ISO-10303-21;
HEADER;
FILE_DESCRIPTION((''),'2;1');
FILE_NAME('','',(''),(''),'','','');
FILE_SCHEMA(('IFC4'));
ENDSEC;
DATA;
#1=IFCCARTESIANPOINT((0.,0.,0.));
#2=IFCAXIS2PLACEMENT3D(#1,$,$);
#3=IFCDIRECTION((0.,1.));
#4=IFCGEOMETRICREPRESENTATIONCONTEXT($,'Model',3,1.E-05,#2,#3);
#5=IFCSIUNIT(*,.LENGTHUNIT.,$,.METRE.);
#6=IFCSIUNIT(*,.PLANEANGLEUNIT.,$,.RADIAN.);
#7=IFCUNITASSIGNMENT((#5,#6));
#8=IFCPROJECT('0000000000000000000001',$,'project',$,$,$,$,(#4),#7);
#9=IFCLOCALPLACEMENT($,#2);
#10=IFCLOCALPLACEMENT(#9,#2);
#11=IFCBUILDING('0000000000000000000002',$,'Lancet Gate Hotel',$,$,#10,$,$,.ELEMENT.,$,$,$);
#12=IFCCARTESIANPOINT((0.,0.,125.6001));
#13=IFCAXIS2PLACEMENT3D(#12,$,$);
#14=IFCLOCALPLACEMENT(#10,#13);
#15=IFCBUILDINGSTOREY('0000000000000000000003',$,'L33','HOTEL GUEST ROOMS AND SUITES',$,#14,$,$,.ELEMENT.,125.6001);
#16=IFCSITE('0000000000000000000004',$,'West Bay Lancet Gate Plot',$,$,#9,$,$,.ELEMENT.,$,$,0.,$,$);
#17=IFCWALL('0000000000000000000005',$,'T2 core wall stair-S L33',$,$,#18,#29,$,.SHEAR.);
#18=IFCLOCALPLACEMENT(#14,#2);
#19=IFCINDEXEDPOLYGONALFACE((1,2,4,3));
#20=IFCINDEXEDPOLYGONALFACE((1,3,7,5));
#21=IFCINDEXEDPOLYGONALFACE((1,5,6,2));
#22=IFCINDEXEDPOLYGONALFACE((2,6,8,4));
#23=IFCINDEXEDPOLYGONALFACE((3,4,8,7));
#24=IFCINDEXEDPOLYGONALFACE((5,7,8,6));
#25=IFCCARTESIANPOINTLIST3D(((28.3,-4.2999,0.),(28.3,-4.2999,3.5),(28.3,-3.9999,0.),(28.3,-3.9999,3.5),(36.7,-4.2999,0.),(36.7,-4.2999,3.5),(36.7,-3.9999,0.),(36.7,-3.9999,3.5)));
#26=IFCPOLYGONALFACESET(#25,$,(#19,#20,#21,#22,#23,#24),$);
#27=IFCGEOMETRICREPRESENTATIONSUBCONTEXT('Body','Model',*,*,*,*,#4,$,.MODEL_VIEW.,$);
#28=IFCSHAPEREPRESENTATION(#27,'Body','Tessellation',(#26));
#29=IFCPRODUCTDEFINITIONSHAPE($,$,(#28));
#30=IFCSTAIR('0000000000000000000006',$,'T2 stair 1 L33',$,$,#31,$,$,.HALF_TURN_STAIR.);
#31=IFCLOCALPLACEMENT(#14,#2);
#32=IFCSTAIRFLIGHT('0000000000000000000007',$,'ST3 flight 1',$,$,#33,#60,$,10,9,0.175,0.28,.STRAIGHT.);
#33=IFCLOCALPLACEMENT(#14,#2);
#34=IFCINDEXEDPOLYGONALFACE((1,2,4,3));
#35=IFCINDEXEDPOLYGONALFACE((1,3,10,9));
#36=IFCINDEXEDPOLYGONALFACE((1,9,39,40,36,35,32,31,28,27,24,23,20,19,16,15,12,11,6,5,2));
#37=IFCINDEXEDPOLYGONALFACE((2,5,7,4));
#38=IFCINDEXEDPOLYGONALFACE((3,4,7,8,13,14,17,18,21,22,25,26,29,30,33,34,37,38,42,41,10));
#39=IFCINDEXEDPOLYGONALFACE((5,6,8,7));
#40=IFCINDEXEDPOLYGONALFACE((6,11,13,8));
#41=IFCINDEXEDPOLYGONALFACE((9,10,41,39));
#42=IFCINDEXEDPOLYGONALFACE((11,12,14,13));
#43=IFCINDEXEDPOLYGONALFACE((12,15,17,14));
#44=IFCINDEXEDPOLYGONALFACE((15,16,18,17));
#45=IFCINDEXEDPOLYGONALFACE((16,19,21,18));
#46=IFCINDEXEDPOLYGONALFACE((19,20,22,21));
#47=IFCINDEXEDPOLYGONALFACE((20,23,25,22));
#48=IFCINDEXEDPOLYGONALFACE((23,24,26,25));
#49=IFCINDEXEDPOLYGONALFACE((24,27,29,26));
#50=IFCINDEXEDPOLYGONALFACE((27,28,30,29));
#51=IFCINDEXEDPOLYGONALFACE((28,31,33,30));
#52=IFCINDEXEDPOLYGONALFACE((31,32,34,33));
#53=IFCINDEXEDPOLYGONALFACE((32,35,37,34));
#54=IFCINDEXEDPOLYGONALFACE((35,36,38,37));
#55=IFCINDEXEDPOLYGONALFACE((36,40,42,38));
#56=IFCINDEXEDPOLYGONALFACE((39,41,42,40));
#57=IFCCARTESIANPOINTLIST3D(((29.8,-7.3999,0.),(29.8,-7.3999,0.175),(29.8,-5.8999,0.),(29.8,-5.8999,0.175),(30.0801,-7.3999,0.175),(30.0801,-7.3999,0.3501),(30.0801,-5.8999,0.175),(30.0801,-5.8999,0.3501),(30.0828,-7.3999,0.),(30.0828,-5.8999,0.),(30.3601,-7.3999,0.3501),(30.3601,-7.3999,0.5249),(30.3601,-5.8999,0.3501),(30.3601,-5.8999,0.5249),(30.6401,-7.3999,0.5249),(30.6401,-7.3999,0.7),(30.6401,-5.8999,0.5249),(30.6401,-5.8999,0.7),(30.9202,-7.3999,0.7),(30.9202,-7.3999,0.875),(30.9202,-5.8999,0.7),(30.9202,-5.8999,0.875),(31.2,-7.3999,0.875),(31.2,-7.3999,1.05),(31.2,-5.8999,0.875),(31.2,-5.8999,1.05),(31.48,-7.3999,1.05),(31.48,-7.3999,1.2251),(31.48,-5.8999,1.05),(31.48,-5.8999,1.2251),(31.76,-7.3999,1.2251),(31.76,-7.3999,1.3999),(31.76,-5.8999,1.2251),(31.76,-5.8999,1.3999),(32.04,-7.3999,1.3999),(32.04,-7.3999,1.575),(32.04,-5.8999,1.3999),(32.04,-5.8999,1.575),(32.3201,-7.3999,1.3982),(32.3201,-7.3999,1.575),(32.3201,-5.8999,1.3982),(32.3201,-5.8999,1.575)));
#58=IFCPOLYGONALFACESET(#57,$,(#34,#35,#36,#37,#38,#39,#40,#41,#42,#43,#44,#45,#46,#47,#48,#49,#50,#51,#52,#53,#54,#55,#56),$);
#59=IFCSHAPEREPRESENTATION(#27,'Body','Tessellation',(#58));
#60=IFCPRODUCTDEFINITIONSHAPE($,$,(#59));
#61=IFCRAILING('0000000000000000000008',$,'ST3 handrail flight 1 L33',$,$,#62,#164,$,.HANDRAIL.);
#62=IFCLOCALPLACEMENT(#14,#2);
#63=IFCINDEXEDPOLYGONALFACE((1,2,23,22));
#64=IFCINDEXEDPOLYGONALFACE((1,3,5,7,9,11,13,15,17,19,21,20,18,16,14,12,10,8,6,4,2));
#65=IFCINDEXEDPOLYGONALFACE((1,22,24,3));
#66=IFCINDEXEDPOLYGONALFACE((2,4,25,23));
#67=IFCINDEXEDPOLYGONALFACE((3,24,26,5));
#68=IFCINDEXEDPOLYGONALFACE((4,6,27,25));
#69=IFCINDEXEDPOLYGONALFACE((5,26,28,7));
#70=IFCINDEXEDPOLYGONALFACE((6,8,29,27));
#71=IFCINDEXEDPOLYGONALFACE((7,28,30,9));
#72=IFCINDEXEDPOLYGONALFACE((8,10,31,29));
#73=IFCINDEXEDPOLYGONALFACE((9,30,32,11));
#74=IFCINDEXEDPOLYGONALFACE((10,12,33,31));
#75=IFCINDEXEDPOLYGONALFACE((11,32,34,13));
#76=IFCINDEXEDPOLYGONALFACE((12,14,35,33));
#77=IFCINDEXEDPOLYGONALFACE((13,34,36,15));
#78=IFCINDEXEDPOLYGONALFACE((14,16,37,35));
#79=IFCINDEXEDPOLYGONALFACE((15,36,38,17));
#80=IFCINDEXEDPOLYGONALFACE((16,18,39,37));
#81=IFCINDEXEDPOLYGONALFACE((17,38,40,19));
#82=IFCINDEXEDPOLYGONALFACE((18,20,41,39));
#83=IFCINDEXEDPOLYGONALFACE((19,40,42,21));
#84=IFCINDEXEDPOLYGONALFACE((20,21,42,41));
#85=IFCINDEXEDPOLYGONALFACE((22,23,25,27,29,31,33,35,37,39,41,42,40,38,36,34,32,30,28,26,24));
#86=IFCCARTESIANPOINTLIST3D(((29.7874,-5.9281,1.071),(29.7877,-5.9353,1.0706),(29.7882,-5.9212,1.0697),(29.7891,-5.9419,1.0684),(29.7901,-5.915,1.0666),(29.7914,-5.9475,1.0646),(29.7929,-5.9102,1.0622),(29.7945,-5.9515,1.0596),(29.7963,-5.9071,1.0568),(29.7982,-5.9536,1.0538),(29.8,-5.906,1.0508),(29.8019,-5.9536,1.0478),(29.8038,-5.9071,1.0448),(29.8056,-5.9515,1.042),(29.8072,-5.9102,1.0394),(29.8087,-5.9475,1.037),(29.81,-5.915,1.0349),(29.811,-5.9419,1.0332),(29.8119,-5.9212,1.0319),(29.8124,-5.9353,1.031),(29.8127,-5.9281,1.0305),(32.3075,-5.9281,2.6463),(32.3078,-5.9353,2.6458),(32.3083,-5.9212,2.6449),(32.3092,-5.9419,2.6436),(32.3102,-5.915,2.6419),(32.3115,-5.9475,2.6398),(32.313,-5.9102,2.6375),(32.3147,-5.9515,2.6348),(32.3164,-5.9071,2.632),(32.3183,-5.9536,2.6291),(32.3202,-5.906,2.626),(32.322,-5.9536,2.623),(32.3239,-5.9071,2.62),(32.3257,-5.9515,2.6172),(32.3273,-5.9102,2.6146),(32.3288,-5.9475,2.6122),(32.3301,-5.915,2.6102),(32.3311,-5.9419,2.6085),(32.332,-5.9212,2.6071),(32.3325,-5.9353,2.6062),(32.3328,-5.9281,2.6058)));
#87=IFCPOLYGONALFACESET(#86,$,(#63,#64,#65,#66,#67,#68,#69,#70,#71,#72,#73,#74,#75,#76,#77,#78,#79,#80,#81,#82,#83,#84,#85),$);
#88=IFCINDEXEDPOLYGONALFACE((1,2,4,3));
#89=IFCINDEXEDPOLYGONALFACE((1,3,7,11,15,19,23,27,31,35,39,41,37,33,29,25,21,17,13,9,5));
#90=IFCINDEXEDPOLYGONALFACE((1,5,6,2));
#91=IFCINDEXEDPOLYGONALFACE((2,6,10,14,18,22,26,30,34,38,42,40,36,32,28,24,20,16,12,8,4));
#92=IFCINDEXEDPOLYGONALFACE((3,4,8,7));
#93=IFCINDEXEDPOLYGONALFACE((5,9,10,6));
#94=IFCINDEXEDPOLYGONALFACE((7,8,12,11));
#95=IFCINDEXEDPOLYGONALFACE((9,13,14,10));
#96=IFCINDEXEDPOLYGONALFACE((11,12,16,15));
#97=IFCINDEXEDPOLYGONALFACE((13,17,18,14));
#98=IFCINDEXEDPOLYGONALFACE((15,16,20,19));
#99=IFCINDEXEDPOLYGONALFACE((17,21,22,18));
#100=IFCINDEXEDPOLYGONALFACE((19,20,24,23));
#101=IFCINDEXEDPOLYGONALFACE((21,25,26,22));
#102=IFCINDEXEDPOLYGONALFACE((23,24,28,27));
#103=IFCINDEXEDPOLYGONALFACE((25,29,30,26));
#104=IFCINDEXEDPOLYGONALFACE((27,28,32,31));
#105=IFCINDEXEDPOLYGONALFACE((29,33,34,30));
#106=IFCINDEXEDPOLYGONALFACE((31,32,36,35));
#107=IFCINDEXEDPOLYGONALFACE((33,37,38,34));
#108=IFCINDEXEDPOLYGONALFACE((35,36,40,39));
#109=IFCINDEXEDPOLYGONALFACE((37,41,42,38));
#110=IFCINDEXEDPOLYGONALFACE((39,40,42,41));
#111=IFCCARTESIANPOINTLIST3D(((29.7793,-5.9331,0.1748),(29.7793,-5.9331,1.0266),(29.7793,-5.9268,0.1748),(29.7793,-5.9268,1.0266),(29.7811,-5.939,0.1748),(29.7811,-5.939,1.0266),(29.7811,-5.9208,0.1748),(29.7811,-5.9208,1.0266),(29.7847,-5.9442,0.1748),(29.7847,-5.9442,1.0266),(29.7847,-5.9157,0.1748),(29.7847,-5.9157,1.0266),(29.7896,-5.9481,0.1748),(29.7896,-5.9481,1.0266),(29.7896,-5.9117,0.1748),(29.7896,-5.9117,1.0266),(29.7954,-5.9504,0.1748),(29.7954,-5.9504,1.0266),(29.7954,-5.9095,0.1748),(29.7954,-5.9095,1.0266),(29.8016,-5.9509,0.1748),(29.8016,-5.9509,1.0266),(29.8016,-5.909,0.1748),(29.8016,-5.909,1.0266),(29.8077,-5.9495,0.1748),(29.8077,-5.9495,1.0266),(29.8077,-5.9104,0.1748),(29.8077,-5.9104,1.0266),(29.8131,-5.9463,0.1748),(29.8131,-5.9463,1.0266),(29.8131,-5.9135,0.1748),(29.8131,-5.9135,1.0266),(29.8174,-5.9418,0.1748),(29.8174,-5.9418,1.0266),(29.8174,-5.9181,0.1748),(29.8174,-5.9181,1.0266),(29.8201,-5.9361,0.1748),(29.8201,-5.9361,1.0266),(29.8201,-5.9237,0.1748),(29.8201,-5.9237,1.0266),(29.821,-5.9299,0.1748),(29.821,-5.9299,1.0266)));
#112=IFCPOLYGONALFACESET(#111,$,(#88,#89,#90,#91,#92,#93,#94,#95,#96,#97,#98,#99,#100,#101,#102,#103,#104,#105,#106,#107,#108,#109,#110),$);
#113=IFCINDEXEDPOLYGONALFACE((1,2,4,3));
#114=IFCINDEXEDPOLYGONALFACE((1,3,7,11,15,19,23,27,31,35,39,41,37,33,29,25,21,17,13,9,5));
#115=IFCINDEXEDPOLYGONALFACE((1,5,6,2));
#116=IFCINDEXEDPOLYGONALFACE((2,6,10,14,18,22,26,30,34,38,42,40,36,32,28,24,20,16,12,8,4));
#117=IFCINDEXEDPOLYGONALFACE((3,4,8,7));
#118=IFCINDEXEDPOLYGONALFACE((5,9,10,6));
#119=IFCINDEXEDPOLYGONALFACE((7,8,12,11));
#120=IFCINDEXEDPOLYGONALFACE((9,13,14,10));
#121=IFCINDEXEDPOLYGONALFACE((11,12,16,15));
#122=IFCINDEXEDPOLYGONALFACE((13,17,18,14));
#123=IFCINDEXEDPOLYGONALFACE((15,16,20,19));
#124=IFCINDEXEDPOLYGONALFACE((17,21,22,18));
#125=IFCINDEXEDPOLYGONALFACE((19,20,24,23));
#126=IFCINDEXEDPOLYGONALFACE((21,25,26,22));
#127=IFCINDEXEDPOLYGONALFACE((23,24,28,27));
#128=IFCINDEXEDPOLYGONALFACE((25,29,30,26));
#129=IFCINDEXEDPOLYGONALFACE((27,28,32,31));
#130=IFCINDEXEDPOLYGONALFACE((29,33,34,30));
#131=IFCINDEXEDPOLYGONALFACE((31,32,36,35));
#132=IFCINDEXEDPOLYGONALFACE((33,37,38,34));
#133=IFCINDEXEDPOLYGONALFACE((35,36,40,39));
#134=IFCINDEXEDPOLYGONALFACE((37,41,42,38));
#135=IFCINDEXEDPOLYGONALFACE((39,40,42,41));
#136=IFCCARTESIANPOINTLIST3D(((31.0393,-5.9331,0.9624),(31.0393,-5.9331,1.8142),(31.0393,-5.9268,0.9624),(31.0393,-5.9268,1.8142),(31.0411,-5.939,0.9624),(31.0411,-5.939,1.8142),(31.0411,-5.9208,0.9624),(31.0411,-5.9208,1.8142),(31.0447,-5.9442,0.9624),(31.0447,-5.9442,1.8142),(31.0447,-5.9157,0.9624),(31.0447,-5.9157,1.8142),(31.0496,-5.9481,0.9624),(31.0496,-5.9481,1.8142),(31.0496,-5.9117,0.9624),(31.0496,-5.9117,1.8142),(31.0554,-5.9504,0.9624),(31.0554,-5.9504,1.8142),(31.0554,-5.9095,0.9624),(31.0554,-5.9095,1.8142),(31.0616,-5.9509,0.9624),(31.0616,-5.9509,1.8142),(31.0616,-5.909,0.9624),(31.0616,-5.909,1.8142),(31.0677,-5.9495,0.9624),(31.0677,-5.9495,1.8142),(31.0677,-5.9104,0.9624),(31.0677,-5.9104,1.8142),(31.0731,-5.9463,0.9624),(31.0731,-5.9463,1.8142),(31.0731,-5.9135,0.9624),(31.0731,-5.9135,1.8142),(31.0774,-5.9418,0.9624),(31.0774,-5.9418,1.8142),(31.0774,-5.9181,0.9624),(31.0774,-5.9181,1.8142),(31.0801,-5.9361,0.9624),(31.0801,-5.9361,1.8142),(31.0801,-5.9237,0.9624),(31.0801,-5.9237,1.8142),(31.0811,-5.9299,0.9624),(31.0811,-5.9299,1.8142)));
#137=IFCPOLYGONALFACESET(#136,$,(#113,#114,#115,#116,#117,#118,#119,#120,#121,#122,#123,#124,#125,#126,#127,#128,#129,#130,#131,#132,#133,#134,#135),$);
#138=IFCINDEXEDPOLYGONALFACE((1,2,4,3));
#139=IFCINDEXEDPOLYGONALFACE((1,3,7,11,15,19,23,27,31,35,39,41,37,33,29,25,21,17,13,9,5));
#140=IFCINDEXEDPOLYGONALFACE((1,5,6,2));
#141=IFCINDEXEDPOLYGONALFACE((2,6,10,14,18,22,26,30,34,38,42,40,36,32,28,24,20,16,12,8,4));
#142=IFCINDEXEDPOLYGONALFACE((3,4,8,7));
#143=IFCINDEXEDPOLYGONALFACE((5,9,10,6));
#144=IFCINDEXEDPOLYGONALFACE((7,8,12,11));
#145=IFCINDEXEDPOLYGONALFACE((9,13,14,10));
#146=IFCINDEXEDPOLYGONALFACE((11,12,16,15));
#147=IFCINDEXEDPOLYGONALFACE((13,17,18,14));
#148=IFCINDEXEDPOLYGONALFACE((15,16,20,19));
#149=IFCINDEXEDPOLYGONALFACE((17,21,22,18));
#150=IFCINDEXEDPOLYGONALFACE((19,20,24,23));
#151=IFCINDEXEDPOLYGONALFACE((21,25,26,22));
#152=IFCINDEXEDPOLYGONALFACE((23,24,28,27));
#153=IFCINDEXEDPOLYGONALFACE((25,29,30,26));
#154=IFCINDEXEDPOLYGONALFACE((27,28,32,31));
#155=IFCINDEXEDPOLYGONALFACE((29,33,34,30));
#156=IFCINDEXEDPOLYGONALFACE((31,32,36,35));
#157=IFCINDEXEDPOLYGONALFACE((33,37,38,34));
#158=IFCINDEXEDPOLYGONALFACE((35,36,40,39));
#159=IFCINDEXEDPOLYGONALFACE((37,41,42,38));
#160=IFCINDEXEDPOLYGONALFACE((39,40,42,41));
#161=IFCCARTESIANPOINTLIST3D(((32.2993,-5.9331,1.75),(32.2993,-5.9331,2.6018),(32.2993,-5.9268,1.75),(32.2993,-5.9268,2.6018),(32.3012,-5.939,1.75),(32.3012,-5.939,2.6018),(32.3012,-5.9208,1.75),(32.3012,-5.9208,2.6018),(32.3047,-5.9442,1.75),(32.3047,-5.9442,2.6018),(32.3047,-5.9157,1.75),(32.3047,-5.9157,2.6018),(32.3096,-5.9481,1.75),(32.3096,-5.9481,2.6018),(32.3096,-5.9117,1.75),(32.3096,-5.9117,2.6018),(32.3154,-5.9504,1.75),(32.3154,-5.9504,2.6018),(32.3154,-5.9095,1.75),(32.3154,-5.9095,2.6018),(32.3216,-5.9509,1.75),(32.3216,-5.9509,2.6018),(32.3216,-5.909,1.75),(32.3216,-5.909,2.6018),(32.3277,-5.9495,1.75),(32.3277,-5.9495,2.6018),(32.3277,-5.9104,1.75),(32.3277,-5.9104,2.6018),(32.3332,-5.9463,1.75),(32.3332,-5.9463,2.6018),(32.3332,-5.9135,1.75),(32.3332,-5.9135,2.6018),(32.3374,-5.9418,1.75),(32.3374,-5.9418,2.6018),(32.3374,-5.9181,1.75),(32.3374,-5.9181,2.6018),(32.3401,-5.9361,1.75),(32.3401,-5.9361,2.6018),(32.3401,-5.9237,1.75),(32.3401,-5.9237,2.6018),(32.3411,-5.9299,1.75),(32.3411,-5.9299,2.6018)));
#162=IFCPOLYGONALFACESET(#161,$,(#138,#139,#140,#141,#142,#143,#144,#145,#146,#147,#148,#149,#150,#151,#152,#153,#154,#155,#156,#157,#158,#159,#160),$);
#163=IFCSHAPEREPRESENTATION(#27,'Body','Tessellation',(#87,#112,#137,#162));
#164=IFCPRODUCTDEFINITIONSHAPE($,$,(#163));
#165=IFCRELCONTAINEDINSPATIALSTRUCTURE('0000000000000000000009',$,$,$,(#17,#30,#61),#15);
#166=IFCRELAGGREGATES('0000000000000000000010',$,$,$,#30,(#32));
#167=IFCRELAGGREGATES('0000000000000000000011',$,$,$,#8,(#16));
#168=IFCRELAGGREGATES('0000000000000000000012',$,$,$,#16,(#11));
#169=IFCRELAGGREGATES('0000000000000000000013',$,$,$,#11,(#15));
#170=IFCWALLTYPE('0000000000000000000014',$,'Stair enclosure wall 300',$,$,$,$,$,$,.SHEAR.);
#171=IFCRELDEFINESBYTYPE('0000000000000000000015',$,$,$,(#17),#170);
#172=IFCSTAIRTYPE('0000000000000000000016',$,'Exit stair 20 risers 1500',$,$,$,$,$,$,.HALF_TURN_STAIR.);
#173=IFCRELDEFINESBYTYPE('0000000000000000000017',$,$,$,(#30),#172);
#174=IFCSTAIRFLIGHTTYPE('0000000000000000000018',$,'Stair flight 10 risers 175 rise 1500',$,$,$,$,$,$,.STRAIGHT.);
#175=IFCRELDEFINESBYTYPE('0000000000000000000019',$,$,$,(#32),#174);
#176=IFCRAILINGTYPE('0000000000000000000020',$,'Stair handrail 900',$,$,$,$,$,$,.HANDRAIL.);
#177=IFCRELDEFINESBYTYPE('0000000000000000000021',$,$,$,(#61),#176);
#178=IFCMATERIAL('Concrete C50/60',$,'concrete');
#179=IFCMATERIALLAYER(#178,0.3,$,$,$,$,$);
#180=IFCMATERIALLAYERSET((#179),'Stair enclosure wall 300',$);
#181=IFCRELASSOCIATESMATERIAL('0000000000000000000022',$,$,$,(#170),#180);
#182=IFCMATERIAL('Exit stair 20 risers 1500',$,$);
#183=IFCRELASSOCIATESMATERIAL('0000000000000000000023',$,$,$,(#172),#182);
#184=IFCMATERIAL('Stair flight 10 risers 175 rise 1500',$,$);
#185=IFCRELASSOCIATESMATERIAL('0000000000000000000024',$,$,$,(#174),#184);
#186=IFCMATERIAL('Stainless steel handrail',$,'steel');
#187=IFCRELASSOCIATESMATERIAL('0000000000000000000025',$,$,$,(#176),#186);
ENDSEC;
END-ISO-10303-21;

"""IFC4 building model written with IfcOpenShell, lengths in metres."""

from ifc_helpers import new_model, si_unit, direction, frame, frame_2d, origin, origin_2d, place, context, subcontext, project, spatial, polyline, rectangle, circle, outline, extrude, material, layer, layer_set, type_object, element, aggregate, save


model = new_model("IFC4")

# Units and contexts
model_context = context("Model", 3, precision=1e-05, world=origin(), true_north=direction((0.0, 1.0)))
body_context = subcontext(model_context, "Body", "Model", "MODEL_VIEW")
ifc_project = project(units=[si_unit("LENGTHUNIT", "METRE"), si_unit("PLANEANGLEUNIT", "RADIAN")], contexts=[model_context])

# Site, building, storey
site_placement = place(None, origin())
site = spatial("IfcSite", under=ifc_project, at=site_placement, Name="West Bay Lancet Gate Plot", CompositionType="ELEMENT", RefElevation=0.0)
building_placement = place(site_placement, origin())
building = spatial("IfcBuilding", under=site, at=building_placement, Name="Lancet Gate Hotel", CompositionType="ELEMENT")
storey_placement = place(building_placement, frame((0.0, 0.0, 125.6001)))
storey = spatial("IfcBuildingStorey", under=building, at=storey_placement, Name="L33", Description="HOTEL GUEST ROOMS AND SUITES", CompositionType="ELEMENT", Elevation=125.6001)

# Wall
ifc_material_1 = material(Name="Concrete C50/60", Category="concrete")
ifc_layer_1 = layer(ifc_material_1, 0.3)
ifc_layer_set_1 = layer_set([ifc_layer_1], Name="Stair enclosure wall 300")
wall_type_1 = type_object("IfcWallType", Name="Stair enclosure wall 300", PredefinedType="SHEAR", material=ifc_layer_set_1)
wall_1_placement = place(storey_placement, frame((28.3, -4.1499, 0.0), z_axis=(0.0, 0.0, 1.0), x_axis=(1.0, 0.0, 0.0)))
element("IfcWall", 1, at=wall_1_placement, inside=storey, type_object=wall_type_1, Name="T2 core wall stair-S L33", PredefinedType="SHEAR", context=body_context, shape_type="SweptSolid", body=[
    extrude(rectangle(XDim=8.3999, YDim=0.3, at=frame_2d((4.2, 0.0))), origin(), (0.0, 0.0, 1.0), 3.5),
])

# Stair, stair flight
ifc_material_2 = material(Name="Exit stair 20 risers 1500")
stair_type = type_object("IfcStairType", Name="Exit stair 20 risers 1500", PredefinedType="HALF_TURN_STAIR", material=ifc_material_2)
stair_placement = place(storey_placement, origin())
stair = element("IfcStair", 2, at=stair_placement, inside=storey, type_object=stair_type, Name="T2 stair 1 L33", PredefinedType="HALF_TURN_STAIR")
ifc_material_3 = material(Name="Stair flight 10 risers 175 rise 1500")
stair_flight_type = type_object("IfcStairFlightType", Name="Stair flight 10 risers 175 rise 1500", PredefinedType="STRAIGHT", material=ifc_material_3)
stair_flight_placement = place(storey_placement, frame((29.8, -6.6499, 0.0), z_axis=(0.0, 0.0, 1.0), x_axis=(1.0, 0.0, 0.0)))
stair_flight = element("IfcStairFlight", 3, at=stair_flight_placement, type_object=stair_flight_type, Name="ST3 flight 1", NumberOfRisers=10, NumberOfTreads=9, PredefinedType="STRAIGHT", RiserHeight=0.175, TreadLength=0.28, context=body_context, shape_type="SweptSolid", body=[
    extrude(outline(polyline([(0.0, 0.0), (0.0, 0.175), (0.28, 0.175), (0.28, 0.3501), (0.5601, 0.3501), (0.5601, 0.5249), (0.8401, 0.5249), (0.8401, 0.7), (1.1201, 0.7), (1.1201, 0.875), (1.3999, 0.875), (1.3999, 1.05), (1.6799, 1.05), (1.6799, 1.2251), (1.96, 1.2251), (1.96, 1.3999), (2.24, 1.3999), (2.24, 1.575), (2.52, 1.575), (2.52, 1.75), (2.52, 1.3982), (0.2827, 0.0), (0.0, 0.0)])), frame((0.0, 0.75, 0.0), z_axis=(0.0, -1.0, 0.0), x_axis=(1.0, 0.0, 0.0)), (0.0, 0.0, 1.0), 1.5),
])
aggregate(stair, [stair_flight])

# Railing
ifc_material_4 = material(Name="Stainless steel handrail", Category="steel")
railing_type = type_object("IfcRailingType", Name="Stair handrail 900", PredefinedType="HANDRAIL", material=ifc_material_4)
railing_placement = place(storey_placement, frame((29.8, -5.9299, 0.1748)))
element("IfcRailing", 4, at=railing_placement, inside=storey, type_object=railing_type, Name="ST3 handrail flight 1 L33", PredefinedType="HANDRAIL", context=body_context, shape_type="SweptSolid", body=[
    extrude(circle(Radius=0.0239, at=origin_2d()), frame((0.0, 0.0, 0.876), z_axis=(0.847971, 0.0, 0.530043), x_axis=(0.0, 1.0, 0.0)), (0.0, 0.0, 1.0), 2.9719),
    extrude(circle(Radius=0.021, at=origin_2d()), origin(), (0.0, 0.0, 1.0), 0.8518),
    extrude(circle(Radius=0.021, at=origin_2d()), frame((1.26, 0.0, 0.7876)), (0.0, 0.0, 1.0), 0.8518),
    extrude(circle(Radius=0.021, at=origin_2d()), frame((2.52, 0.0, 1.5752)), (0.0, 0.0, 1.0), 0.8518),
])

save(model, "model.ifc")
